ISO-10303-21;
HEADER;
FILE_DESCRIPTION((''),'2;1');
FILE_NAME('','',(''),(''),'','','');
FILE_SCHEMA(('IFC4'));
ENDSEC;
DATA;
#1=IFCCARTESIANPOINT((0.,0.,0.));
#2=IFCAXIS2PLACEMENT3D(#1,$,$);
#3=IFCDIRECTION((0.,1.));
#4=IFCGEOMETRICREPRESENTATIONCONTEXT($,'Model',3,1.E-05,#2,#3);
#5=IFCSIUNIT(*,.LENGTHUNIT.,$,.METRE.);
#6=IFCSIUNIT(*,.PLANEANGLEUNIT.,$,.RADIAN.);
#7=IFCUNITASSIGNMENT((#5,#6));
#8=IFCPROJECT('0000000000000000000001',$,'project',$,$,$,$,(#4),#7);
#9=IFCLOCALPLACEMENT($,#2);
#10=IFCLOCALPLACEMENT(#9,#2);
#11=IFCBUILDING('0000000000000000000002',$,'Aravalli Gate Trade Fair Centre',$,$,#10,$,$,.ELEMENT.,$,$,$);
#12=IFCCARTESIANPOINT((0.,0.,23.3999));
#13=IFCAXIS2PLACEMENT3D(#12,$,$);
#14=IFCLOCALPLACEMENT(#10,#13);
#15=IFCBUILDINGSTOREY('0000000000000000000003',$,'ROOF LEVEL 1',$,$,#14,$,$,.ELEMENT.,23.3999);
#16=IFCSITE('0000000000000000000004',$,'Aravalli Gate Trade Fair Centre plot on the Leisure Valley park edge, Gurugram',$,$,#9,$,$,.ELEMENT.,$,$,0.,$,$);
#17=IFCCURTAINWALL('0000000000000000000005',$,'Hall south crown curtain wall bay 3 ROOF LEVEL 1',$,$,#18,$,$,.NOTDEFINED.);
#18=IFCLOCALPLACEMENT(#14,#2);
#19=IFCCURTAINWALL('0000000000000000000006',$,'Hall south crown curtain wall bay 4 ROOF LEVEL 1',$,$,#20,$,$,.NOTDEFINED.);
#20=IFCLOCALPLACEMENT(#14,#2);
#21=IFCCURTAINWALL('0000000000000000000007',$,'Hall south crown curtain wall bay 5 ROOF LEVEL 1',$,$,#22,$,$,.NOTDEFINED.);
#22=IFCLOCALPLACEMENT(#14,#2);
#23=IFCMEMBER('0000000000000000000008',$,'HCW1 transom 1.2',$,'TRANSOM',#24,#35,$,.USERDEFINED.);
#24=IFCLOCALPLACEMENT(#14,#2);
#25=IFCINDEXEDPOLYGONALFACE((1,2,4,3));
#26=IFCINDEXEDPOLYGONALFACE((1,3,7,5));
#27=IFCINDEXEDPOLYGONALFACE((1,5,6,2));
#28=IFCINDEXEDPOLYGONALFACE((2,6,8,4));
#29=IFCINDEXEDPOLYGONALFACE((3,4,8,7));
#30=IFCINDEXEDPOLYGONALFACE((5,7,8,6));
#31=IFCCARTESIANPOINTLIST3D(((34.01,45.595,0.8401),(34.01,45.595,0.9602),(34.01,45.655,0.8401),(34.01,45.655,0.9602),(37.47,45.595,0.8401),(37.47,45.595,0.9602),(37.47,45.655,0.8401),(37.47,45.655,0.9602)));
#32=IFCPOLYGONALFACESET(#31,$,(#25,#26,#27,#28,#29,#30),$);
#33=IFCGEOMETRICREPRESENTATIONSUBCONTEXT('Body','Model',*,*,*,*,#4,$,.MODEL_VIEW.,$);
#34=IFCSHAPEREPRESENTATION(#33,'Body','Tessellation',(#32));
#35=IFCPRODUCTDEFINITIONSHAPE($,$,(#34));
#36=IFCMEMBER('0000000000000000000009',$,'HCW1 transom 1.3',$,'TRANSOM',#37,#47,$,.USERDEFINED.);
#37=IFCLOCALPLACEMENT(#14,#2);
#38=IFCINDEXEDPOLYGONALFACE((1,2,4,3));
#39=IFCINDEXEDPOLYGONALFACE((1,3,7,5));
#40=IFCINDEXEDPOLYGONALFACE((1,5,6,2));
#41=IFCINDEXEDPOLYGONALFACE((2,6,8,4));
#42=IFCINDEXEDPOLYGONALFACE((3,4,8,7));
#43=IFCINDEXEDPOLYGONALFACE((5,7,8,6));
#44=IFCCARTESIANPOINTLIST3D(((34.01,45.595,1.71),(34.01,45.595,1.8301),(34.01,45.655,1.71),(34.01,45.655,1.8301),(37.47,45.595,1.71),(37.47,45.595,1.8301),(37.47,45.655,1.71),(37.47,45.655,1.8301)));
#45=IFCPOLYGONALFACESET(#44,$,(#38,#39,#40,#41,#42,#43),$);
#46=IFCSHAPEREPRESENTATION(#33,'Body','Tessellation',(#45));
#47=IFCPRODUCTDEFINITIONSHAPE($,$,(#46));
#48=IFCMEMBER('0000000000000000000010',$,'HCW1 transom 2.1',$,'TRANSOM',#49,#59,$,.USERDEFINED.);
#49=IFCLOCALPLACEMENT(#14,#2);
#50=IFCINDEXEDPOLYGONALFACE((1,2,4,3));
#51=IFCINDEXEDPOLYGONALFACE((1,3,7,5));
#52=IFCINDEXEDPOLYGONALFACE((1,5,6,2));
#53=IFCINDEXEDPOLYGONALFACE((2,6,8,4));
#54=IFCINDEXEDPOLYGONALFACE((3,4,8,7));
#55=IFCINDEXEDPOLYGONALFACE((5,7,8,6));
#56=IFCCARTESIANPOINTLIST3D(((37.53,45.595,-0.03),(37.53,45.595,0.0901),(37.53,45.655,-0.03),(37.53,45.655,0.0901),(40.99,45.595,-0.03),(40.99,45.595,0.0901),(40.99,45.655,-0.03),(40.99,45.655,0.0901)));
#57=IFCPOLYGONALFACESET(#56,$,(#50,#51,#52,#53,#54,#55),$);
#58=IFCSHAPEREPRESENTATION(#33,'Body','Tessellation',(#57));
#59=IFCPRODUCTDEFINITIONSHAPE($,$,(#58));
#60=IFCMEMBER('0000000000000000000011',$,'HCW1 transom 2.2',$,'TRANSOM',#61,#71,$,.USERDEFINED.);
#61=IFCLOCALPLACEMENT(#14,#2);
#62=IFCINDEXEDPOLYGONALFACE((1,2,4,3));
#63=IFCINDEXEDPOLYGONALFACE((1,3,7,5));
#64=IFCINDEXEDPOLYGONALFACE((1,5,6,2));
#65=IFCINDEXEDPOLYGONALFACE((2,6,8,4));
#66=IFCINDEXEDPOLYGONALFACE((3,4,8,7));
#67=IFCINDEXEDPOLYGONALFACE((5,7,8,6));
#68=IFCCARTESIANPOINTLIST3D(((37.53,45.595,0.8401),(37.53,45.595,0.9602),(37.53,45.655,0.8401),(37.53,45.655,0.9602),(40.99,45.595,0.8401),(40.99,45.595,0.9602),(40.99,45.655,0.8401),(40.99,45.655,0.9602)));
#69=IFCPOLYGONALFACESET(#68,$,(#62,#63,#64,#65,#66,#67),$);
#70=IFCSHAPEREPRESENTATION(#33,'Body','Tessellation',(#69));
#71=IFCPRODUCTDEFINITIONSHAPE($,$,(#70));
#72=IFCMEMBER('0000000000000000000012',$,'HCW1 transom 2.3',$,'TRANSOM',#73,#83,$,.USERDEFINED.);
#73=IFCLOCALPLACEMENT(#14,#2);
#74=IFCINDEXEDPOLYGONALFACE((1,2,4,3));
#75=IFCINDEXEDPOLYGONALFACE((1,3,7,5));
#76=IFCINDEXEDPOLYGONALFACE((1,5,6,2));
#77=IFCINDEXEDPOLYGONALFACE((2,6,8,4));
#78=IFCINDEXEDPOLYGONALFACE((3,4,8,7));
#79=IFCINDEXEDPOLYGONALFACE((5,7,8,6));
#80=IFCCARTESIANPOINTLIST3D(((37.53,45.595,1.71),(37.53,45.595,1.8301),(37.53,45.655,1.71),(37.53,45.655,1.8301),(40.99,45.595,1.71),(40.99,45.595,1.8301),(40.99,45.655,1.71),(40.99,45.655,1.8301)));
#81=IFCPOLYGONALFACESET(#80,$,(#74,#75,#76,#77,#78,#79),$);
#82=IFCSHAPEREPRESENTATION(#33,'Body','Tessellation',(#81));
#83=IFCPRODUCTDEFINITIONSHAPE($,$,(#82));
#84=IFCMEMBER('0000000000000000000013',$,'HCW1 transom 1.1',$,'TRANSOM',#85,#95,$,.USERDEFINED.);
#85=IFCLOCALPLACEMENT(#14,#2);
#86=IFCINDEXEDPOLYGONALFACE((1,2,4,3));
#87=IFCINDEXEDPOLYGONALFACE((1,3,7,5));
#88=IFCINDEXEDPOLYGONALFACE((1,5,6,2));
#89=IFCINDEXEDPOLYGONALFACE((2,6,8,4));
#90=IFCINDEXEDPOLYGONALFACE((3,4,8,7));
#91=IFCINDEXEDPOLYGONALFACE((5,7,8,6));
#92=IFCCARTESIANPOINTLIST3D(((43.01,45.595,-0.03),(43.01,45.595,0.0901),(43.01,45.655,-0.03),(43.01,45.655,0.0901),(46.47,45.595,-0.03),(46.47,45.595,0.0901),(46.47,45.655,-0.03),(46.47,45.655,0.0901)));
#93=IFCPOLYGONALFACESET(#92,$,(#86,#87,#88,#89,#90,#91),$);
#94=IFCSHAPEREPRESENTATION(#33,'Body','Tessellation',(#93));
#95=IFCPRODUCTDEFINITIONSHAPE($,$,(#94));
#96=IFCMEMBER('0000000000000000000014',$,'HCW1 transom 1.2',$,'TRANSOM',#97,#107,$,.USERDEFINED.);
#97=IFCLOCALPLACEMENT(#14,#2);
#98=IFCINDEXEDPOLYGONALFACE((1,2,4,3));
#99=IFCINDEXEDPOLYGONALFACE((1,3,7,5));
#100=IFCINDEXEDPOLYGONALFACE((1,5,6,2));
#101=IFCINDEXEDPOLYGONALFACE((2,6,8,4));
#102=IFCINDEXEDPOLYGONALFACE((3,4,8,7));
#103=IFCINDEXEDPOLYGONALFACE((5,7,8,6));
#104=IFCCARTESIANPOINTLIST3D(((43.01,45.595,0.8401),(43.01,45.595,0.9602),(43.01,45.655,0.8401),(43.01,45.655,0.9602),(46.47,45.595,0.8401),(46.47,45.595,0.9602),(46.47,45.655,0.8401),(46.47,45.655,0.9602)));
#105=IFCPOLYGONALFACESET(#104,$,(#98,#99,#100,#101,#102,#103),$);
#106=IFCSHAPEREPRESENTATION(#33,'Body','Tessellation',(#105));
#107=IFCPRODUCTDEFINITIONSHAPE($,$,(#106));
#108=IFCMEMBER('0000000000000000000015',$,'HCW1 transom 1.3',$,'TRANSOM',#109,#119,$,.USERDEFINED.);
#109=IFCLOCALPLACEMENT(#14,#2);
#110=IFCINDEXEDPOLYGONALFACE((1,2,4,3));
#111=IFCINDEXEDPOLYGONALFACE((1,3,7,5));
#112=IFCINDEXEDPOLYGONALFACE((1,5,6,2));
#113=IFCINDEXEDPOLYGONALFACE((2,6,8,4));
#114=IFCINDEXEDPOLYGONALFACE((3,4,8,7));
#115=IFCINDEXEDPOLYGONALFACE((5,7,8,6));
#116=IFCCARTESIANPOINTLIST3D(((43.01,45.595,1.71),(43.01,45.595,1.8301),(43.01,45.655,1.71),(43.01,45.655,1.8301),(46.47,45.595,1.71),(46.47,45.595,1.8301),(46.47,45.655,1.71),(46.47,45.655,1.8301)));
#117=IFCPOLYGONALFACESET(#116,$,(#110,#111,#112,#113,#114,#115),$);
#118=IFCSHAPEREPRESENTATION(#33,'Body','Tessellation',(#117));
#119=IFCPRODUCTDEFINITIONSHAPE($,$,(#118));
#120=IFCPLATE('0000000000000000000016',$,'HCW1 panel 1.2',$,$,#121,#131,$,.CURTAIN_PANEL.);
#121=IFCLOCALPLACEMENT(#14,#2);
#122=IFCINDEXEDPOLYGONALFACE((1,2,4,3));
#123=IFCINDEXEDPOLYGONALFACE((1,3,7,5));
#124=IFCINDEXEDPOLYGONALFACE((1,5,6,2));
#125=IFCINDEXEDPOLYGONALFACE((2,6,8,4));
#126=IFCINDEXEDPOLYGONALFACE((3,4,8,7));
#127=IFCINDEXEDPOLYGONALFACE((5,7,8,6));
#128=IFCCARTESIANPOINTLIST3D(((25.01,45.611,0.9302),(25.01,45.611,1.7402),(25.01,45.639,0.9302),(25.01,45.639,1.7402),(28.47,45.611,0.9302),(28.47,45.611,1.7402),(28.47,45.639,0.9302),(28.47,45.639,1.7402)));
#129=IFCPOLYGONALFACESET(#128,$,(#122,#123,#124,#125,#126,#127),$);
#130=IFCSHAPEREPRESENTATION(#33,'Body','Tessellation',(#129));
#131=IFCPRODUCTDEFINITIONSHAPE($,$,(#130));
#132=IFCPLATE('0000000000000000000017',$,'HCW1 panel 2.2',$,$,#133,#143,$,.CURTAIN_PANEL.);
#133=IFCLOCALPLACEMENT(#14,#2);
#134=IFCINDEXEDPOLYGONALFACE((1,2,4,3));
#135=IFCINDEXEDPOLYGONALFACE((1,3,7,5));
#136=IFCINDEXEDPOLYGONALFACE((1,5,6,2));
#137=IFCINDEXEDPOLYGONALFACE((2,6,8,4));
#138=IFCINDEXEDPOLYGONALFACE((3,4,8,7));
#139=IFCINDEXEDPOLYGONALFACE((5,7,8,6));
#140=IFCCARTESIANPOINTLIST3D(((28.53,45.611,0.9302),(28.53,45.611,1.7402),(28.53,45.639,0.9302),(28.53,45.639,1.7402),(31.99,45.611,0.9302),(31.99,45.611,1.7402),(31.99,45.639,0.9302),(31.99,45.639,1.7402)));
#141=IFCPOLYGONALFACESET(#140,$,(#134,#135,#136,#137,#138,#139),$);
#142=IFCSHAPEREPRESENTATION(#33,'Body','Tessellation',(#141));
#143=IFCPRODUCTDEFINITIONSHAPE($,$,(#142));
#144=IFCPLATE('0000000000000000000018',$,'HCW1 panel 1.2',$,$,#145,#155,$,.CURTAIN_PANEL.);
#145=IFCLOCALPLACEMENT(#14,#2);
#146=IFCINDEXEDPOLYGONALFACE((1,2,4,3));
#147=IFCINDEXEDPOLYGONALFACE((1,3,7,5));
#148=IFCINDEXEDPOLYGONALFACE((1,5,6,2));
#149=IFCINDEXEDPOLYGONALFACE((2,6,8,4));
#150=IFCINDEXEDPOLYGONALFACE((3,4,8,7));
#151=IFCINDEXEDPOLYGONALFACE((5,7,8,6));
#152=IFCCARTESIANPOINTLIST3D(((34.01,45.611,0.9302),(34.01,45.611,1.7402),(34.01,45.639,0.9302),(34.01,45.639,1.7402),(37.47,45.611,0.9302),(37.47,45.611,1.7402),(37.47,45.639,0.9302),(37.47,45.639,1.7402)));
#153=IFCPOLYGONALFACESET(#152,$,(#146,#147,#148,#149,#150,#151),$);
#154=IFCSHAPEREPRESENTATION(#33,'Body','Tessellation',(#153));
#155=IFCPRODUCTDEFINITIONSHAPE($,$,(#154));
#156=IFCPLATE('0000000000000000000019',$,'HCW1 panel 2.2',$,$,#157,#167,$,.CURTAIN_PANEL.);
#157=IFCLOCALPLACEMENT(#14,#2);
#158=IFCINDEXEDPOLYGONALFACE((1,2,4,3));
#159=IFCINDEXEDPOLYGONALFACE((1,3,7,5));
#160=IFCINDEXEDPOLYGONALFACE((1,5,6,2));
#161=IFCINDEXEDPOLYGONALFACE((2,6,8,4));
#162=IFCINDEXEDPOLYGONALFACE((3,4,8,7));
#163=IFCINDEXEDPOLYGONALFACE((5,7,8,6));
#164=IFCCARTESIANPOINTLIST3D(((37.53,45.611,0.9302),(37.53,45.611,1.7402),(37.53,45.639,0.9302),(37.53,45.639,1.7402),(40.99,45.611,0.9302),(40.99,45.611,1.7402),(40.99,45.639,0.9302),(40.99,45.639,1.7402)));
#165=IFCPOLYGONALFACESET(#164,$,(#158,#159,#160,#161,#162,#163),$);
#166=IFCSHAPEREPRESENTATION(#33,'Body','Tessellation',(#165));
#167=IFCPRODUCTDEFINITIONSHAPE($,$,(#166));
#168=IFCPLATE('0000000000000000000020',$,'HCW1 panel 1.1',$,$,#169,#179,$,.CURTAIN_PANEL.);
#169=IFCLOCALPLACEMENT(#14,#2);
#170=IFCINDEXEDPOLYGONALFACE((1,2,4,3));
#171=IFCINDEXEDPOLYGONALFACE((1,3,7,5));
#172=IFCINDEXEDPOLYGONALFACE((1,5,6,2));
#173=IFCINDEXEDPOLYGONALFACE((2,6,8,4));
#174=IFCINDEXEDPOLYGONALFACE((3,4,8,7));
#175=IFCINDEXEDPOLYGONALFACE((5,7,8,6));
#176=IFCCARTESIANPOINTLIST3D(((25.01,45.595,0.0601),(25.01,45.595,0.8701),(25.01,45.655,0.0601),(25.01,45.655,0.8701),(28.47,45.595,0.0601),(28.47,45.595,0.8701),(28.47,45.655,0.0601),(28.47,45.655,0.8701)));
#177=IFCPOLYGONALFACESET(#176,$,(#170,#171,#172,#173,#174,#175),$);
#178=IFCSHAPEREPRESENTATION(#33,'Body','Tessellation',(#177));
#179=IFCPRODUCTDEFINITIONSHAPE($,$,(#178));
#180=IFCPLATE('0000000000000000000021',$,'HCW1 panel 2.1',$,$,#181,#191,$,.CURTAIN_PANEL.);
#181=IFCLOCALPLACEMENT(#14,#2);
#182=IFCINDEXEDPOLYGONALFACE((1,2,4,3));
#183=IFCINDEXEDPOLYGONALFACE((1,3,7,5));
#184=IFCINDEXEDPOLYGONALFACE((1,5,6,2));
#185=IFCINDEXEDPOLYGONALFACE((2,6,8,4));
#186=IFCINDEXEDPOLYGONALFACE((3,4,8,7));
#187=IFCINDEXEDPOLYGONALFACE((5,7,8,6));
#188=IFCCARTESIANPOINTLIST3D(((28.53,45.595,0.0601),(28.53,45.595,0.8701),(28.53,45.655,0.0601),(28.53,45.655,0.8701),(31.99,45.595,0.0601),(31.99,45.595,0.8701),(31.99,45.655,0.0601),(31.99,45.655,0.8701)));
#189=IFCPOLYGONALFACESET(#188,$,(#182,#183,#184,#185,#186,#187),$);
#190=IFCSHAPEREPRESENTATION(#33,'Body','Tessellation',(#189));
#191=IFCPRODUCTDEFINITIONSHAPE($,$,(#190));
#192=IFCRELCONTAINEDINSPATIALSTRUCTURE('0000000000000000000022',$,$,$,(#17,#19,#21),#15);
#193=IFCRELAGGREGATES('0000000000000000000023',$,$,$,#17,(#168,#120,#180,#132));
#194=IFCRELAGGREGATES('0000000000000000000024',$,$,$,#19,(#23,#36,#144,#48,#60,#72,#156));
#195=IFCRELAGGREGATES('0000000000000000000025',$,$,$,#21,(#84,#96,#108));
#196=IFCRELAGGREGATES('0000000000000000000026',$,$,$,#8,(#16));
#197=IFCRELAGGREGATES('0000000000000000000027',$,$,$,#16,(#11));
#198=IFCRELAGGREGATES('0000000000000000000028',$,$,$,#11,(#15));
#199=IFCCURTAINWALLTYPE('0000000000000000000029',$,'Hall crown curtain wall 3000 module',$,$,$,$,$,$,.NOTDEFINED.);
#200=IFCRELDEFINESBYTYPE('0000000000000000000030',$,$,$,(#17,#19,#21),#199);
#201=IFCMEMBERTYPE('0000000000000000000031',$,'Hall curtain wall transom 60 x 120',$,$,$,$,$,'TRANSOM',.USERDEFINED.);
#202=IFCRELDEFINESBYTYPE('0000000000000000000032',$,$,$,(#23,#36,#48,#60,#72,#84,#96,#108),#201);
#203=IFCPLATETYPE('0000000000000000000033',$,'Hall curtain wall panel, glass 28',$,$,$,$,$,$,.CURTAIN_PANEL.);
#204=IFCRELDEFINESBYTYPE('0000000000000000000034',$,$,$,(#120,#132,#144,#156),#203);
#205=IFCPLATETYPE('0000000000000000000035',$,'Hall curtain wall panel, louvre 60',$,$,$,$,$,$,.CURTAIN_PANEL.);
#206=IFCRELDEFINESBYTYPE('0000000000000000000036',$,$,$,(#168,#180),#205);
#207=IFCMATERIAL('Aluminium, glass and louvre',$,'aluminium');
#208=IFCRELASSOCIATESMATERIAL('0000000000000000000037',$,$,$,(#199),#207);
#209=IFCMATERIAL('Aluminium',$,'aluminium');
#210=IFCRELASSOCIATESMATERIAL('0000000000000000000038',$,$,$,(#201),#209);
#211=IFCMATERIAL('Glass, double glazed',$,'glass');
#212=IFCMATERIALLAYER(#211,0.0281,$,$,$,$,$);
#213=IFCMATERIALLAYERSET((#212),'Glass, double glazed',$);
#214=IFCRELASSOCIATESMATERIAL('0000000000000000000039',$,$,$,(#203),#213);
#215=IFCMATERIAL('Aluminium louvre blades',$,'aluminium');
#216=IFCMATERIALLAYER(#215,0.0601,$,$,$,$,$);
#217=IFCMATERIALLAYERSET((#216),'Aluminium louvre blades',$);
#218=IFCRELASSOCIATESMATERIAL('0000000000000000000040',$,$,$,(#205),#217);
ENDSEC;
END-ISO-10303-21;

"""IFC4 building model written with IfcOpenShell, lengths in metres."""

from ifc_helpers import new_model, si_unit, direction, frame, origin, origin_2d, place, context, subcontext, project, spatial, rectangle, extrude, material, layer, layer_set, material_profile, profile_set, type_object, element, aggregate, save


model = new_model("IFC4")

# Units and contexts
model_context = context("Model", 3, precision=1e-05, world=origin(), true_north=direction((0.0, 1.0)))
body_context = subcontext(model_context, "Body", "Model", "MODEL_VIEW")
ifc_project = project(units=[si_unit("LENGTHUNIT", "METRE"), si_unit("PLANEANGLEUNIT", "RADIAN")], contexts=[model_context])

# Site, building, storey
site_placement = place(None, origin())
site = spatial("IfcSite", under=ifc_project, at=site_placement, Name="Aravalli Gate Trade Fair Centre plot on the Leisure Valley park edge, Gurugram", CompositionType="ELEMENT", RefElevation=0.0)
building_placement = place(site_placement, origin())
building = spatial("IfcBuilding", under=site, at=building_placement, Name="Aravalli Gate Trade Fair Centre", CompositionType="ELEMENT")
storey_placement = place(building_placement, frame((0.0, 0.0, 23.3999)))
storey = spatial("IfcBuildingStorey", under=building, at=storey_placement, Name="ROOF LEVEL 1", CompositionType="ELEMENT", Elevation=23.3999)

# Curtain walls
ifc_material_1 = material(Name="Aluminium, glass and louvre", Category="aluminium")
curtain_wall_type = type_object("IfcCurtainWallType", Name="Hall crown curtain wall 3000 module", PredefinedType="NOTDEFINED", material=ifc_material_1)
curtain_wall_1_placement = place(storey_placement, origin())
curtain_wall_1 = element("IfcCurtainWall", 1, at=curtain_wall_1_placement, inside=storey, type_object=curtain_wall_type, Name="Hall south crown curtain wall bay 3 ROOF LEVEL 1", PredefinedType="NOTDEFINED")
ifc_material_2 = material(Name="Aluminium", Category="aluminium")
curtain_wall_2_placement = place(storey_placement, origin())
curtain_wall_2 = element("IfcCurtainWall", 2, at=curtain_wall_2_placement, inside=storey, type_object=curtain_wall_type, Name="Hall south crown curtain wall bay 4 ROOF LEVEL 1", PredefinedType="NOTDEFINED")

# Curtain wall
curtain_wall_3_placement = place(storey_placement, origin())
curtain_wall_3 = element("IfcCurtainWall", 3, at=curtain_wall_3_placement, inside=storey, type_object=curtain_wall_type, Name="Hall south crown curtain wall bay 5 ROOF LEVEL 1", PredefinedType="NOTDEFINED")

# Members
ifc_material_profile_1 = material_profile(ifc_material_2, rectangle(XDim=0.0601, YDim=0.1201, at=origin_2d()), Name="Hall curtain wall transom 60 x 120")
ifc_profile_set_1 = profile_set([ifc_material_profile_1], Name="Aluminium")
member_type_1 = type_object("IfcMemberType", Name="Hall curtain wall transom 60 x 120", ElementType="TRANSOM", PredefinedType="USERDEFINED", material=ifc_profile_set_1)
member_1_placement = place(storey_placement, frame((34.01, 45.625, 0.9001), z_axis=(1.0, 0.0, 0.0), x_axis=(0.0, 1.0, 0.0)))
member_1 = element("IfcMember", 4, at=member_1_placement, type_object=member_type_1, Name="HCW1 transom 1.2", ObjectType="TRANSOM", PredefinedType="USERDEFINED", context=body_context, shape_type="SweptSolid", body=[
    extrude(rectangle(XDim=0.0601, YDim=0.1201, at=origin_2d()), origin(), (0.0, 0.0, 1.0), 3.46),
])
member_2_placement = place(storey_placement, frame((34.01, 45.625, 1.77), z_axis=(1.0, 0.0, 0.0), x_axis=(0.0, 1.0, 0.0)))
member_2 = element("IfcMember", 5, at=member_2_placement, type_object=member_type_1, Name="HCW1 transom 1.3", ObjectType="TRANSOM", PredefinedType="USERDEFINED", context=body_context, shape_type="SweptSolid", body=[
    extrude(rectangle(XDim=0.0601, YDim=0.1201, at=origin_2d()), origin(), (0.0, 0.0, 1.0), 3.46),
])
member_3_placement = place(storey_placement, frame((37.53, 45.625, 0.03), z_axis=(1.0, 0.0, 0.0), x_axis=(0.0, 1.0, 0.0)))
member_3 = element("IfcMember", 6, at=member_3_placement, type_object=member_type_1, Name="HCW1 transom 2.1", ObjectType="TRANSOM", PredefinedType="USERDEFINED", context=body_context, shape_type="SweptSolid", body=[
    extrude(rectangle(XDim=0.0601, YDim=0.1201, at=origin_2d()), origin(), (0.0, 0.0, 1.0), 3.46),
])
member_4_placement = place(storey_placement, frame((37.53, 45.625, 0.9001), z_axis=(1.0, 0.0, 0.0), x_axis=(0.0, 1.0, 0.0)))
member_4 = element("IfcMember", 7, at=member_4_placement, type_object=member_type_1, Name="HCW1 transom 2.2", ObjectType="TRANSOM", PredefinedType="USERDEFINED", context=body_context, shape_type="SweptSolid", body=[
    extrude(rectangle(XDim=0.0601, YDim=0.1201, at=origin_2d()), origin(), (0.0, 0.0, 1.0), 3.46),
])
member_5_placement = place(storey_placement, frame((37.53, 45.625, 1.77), z_axis=(1.0, 0.0, 0.0), x_axis=(0.0, 1.0, 0.0)))
member_5 = element("IfcMember", 8, at=member_5_placement, type_object=member_type_1, Name="HCW1 transom 2.3", ObjectType="TRANSOM", PredefinedType="USERDEFINED", context=body_context, shape_type="SweptSolid", body=[
    extrude(rectangle(XDim=0.0601, YDim=0.1201, at=origin_2d()), origin(), (0.0, 0.0, 1.0), 3.46),
])
member_6_placement = place(storey_placement, frame((43.01, 45.625, 0.03), z_axis=(1.0, 0.0, 0.0), x_axis=(0.0, 1.0, 0.0)))
member_6 = element("IfcMember", 9, at=member_6_placement, type_object=member_type_1, Name="HCW1 transom 1.1", ObjectType="TRANSOM", PredefinedType="USERDEFINED", context=body_context, shape_type="SweptSolid", body=[
    extrude(rectangle(XDim=0.0601, YDim=0.1201, at=origin_2d()), origin(), (0.0, 0.0, 1.0), 3.46),
])
member_7_placement = place(storey_placement, frame((43.01, 45.625, 0.9001), z_axis=(1.0, 0.0, 0.0), x_axis=(0.0, 1.0, 0.0)))
member_7 = element("IfcMember", 10, at=member_7_placement, type_object=member_type_1, Name="HCW1 transom 1.2", ObjectType="TRANSOM", PredefinedType="USERDEFINED", context=body_context, shape_type="SweptSolid", body=[
    extrude(rectangle(XDim=0.0601, YDim=0.1201, at=origin_2d()), origin(), (0.0, 0.0, 1.0), 3.46),
])
member_8_placement = place(storey_placement, frame((43.01, 45.625, 1.77), z_axis=(1.0, 0.0, 0.0), x_axis=(0.0, 1.0, 0.0)))
member_8 = element("IfcMember", 11, at=member_8_placement, type_object=member_type_1, Name="HCW1 transom 1.3", ObjectType="TRANSOM", PredefinedType="USERDEFINED", context=body_context, shape_type="SweptSolid", body=[
    extrude(rectangle(XDim=0.0601, YDim=0.1201, at=origin_2d()), origin(), (0.0, 0.0, 1.0), 3.46),
])

# Plates
ifc_material_3 = material(Name="Glass, double glazed", Category="glass")
ifc_layer_1 = layer(ifc_material_3, 0.0281)
ifc_layer_set_1 = layer_set([ifc_layer_1], Name="Glass, double glazed")
plate_type_1 = type_object("IfcPlateType", Name="Hall curtain wall panel, glass 28", PredefinedType="CURTAIN_PANEL", material=ifc_layer_set_1)
plate_1_placement = place(storey_placement, frame((26.74, 45.625, 0.9302), z_axis=(0.0, 0.0, 1.0), x_axis=(1.0, 0.0, 0.0)))
plate_1 = element("IfcPlate", 12, at=plate_1_placement, type_object=plate_type_1, Name="HCW1 panel 1.2", PredefinedType="CURTAIN_PANEL", context=body_context, shape_type="SweptSolid", body=[
    extrude(rectangle(XDim=3.46, YDim=0.0281, at=origin_2d()), origin(), (0.0, 0.0, 1.0), 0.8101),
])
plate_2_placement = place(storey_placement, frame((30.26, 45.625, 0.9302), z_axis=(0.0, 0.0, 1.0), x_axis=(1.0, 0.0, 0.0)))
plate_2 = element("IfcPlate", 13, at=plate_2_placement, type_object=plate_type_1, Name="HCW1 panel 2.2", PredefinedType="CURTAIN_PANEL", context=body_context, shape_type="SweptSolid", body=[
    extrude(rectangle(XDim=3.46, YDim=0.0281, at=origin_2d()), origin(), (0.0, 0.0, 1.0), 0.8101),
])
plate_3_placement = place(storey_placement, frame((35.74, 45.625, 0.9302), z_axis=(0.0, 0.0, 1.0), x_axis=(1.0, 0.0, 0.0)))
plate_3 = element("IfcPlate", 14, at=plate_3_placement, type_object=plate_type_1, Name="HCW1 panel 1.2", PredefinedType="CURTAIN_PANEL", context=body_context, shape_type="SweptSolid", body=[
    extrude(rectangle(XDim=3.46, YDim=0.0281, at=origin_2d()), origin(), (0.0, 0.0, 1.0), 0.8101),
])
plate_4_placement = place(storey_placement, frame((39.26, 45.625, 0.9302), z_axis=(0.0, 0.0, 1.0), x_axis=(1.0, 0.0, 0.0)))
plate_4 = element("IfcPlate", 15, at=plate_4_placement, type_object=plate_type_1, Name="HCW1 panel 2.2", PredefinedType="CURTAIN_PANEL", context=body_context, shape_type="SweptSolid", body=[
    extrude(rectangle(XDim=3.46, YDim=0.0281, at=origin_2d()), origin(), (0.0, 0.0, 1.0), 0.8101),
])
ifc_material_4 = material(Name="Aluminium louvre blades", Category="aluminium")
ifc_layer_2 = layer(ifc_material_4, 0.0601)
ifc_layer_set_2 = layer_set([ifc_layer_2], Name="Aluminium louvre blades")
plate_type_2 = type_object("IfcPlateType", Name="Hall curtain wall panel, louvre 60", PredefinedType="CURTAIN_PANEL", material=ifc_layer_set_2)
plate_5_placement = place(storey_placement, frame((26.74, 45.625, 0.0601), z_axis=(0.0, 0.0, 1.0), x_axis=(1.0, 0.0, 0.0)))
plate_5 = element("IfcPlate", 16, at=plate_5_placement, type_object=plate_type_2, Name="HCW1 panel 1.1", PredefinedType="CURTAIN_PANEL", context=body_context, shape_type="SweptSolid", body=[
    extrude(rectangle(XDim=3.46, YDim=0.0601, at=origin_2d()), origin(), (0.0, 0.0, 1.0), 0.8101),
])
plate_6_placement = place(storey_placement, frame((30.26, 45.625, 0.0601), z_axis=(0.0, 0.0, 1.0), x_axis=(1.0, 0.0, 0.0)))
plate_6 = element("IfcPlate", 17, at=plate_6_placement, type_object=plate_type_2, Name="HCW1 panel 2.1", PredefinedType="CURTAIN_PANEL", context=body_context, shape_type="SweptSolid", body=[
    extrude(rectangle(XDim=3.46, YDim=0.0601, at=origin_2d()), origin(), (0.0, 0.0, 1.0), 0.8101),
])
aggregate(curtain_wall_1, [plate_5, plate_1, plate_6, plate_2])
aggregate(curtain_wall_2, [member_1, member_2, plate_3, member_3, member_4, member_5, plate_4])
aggregate(curtain_wall_3, [member_6, member_7, member_8])

save(model, "model.ifc")
